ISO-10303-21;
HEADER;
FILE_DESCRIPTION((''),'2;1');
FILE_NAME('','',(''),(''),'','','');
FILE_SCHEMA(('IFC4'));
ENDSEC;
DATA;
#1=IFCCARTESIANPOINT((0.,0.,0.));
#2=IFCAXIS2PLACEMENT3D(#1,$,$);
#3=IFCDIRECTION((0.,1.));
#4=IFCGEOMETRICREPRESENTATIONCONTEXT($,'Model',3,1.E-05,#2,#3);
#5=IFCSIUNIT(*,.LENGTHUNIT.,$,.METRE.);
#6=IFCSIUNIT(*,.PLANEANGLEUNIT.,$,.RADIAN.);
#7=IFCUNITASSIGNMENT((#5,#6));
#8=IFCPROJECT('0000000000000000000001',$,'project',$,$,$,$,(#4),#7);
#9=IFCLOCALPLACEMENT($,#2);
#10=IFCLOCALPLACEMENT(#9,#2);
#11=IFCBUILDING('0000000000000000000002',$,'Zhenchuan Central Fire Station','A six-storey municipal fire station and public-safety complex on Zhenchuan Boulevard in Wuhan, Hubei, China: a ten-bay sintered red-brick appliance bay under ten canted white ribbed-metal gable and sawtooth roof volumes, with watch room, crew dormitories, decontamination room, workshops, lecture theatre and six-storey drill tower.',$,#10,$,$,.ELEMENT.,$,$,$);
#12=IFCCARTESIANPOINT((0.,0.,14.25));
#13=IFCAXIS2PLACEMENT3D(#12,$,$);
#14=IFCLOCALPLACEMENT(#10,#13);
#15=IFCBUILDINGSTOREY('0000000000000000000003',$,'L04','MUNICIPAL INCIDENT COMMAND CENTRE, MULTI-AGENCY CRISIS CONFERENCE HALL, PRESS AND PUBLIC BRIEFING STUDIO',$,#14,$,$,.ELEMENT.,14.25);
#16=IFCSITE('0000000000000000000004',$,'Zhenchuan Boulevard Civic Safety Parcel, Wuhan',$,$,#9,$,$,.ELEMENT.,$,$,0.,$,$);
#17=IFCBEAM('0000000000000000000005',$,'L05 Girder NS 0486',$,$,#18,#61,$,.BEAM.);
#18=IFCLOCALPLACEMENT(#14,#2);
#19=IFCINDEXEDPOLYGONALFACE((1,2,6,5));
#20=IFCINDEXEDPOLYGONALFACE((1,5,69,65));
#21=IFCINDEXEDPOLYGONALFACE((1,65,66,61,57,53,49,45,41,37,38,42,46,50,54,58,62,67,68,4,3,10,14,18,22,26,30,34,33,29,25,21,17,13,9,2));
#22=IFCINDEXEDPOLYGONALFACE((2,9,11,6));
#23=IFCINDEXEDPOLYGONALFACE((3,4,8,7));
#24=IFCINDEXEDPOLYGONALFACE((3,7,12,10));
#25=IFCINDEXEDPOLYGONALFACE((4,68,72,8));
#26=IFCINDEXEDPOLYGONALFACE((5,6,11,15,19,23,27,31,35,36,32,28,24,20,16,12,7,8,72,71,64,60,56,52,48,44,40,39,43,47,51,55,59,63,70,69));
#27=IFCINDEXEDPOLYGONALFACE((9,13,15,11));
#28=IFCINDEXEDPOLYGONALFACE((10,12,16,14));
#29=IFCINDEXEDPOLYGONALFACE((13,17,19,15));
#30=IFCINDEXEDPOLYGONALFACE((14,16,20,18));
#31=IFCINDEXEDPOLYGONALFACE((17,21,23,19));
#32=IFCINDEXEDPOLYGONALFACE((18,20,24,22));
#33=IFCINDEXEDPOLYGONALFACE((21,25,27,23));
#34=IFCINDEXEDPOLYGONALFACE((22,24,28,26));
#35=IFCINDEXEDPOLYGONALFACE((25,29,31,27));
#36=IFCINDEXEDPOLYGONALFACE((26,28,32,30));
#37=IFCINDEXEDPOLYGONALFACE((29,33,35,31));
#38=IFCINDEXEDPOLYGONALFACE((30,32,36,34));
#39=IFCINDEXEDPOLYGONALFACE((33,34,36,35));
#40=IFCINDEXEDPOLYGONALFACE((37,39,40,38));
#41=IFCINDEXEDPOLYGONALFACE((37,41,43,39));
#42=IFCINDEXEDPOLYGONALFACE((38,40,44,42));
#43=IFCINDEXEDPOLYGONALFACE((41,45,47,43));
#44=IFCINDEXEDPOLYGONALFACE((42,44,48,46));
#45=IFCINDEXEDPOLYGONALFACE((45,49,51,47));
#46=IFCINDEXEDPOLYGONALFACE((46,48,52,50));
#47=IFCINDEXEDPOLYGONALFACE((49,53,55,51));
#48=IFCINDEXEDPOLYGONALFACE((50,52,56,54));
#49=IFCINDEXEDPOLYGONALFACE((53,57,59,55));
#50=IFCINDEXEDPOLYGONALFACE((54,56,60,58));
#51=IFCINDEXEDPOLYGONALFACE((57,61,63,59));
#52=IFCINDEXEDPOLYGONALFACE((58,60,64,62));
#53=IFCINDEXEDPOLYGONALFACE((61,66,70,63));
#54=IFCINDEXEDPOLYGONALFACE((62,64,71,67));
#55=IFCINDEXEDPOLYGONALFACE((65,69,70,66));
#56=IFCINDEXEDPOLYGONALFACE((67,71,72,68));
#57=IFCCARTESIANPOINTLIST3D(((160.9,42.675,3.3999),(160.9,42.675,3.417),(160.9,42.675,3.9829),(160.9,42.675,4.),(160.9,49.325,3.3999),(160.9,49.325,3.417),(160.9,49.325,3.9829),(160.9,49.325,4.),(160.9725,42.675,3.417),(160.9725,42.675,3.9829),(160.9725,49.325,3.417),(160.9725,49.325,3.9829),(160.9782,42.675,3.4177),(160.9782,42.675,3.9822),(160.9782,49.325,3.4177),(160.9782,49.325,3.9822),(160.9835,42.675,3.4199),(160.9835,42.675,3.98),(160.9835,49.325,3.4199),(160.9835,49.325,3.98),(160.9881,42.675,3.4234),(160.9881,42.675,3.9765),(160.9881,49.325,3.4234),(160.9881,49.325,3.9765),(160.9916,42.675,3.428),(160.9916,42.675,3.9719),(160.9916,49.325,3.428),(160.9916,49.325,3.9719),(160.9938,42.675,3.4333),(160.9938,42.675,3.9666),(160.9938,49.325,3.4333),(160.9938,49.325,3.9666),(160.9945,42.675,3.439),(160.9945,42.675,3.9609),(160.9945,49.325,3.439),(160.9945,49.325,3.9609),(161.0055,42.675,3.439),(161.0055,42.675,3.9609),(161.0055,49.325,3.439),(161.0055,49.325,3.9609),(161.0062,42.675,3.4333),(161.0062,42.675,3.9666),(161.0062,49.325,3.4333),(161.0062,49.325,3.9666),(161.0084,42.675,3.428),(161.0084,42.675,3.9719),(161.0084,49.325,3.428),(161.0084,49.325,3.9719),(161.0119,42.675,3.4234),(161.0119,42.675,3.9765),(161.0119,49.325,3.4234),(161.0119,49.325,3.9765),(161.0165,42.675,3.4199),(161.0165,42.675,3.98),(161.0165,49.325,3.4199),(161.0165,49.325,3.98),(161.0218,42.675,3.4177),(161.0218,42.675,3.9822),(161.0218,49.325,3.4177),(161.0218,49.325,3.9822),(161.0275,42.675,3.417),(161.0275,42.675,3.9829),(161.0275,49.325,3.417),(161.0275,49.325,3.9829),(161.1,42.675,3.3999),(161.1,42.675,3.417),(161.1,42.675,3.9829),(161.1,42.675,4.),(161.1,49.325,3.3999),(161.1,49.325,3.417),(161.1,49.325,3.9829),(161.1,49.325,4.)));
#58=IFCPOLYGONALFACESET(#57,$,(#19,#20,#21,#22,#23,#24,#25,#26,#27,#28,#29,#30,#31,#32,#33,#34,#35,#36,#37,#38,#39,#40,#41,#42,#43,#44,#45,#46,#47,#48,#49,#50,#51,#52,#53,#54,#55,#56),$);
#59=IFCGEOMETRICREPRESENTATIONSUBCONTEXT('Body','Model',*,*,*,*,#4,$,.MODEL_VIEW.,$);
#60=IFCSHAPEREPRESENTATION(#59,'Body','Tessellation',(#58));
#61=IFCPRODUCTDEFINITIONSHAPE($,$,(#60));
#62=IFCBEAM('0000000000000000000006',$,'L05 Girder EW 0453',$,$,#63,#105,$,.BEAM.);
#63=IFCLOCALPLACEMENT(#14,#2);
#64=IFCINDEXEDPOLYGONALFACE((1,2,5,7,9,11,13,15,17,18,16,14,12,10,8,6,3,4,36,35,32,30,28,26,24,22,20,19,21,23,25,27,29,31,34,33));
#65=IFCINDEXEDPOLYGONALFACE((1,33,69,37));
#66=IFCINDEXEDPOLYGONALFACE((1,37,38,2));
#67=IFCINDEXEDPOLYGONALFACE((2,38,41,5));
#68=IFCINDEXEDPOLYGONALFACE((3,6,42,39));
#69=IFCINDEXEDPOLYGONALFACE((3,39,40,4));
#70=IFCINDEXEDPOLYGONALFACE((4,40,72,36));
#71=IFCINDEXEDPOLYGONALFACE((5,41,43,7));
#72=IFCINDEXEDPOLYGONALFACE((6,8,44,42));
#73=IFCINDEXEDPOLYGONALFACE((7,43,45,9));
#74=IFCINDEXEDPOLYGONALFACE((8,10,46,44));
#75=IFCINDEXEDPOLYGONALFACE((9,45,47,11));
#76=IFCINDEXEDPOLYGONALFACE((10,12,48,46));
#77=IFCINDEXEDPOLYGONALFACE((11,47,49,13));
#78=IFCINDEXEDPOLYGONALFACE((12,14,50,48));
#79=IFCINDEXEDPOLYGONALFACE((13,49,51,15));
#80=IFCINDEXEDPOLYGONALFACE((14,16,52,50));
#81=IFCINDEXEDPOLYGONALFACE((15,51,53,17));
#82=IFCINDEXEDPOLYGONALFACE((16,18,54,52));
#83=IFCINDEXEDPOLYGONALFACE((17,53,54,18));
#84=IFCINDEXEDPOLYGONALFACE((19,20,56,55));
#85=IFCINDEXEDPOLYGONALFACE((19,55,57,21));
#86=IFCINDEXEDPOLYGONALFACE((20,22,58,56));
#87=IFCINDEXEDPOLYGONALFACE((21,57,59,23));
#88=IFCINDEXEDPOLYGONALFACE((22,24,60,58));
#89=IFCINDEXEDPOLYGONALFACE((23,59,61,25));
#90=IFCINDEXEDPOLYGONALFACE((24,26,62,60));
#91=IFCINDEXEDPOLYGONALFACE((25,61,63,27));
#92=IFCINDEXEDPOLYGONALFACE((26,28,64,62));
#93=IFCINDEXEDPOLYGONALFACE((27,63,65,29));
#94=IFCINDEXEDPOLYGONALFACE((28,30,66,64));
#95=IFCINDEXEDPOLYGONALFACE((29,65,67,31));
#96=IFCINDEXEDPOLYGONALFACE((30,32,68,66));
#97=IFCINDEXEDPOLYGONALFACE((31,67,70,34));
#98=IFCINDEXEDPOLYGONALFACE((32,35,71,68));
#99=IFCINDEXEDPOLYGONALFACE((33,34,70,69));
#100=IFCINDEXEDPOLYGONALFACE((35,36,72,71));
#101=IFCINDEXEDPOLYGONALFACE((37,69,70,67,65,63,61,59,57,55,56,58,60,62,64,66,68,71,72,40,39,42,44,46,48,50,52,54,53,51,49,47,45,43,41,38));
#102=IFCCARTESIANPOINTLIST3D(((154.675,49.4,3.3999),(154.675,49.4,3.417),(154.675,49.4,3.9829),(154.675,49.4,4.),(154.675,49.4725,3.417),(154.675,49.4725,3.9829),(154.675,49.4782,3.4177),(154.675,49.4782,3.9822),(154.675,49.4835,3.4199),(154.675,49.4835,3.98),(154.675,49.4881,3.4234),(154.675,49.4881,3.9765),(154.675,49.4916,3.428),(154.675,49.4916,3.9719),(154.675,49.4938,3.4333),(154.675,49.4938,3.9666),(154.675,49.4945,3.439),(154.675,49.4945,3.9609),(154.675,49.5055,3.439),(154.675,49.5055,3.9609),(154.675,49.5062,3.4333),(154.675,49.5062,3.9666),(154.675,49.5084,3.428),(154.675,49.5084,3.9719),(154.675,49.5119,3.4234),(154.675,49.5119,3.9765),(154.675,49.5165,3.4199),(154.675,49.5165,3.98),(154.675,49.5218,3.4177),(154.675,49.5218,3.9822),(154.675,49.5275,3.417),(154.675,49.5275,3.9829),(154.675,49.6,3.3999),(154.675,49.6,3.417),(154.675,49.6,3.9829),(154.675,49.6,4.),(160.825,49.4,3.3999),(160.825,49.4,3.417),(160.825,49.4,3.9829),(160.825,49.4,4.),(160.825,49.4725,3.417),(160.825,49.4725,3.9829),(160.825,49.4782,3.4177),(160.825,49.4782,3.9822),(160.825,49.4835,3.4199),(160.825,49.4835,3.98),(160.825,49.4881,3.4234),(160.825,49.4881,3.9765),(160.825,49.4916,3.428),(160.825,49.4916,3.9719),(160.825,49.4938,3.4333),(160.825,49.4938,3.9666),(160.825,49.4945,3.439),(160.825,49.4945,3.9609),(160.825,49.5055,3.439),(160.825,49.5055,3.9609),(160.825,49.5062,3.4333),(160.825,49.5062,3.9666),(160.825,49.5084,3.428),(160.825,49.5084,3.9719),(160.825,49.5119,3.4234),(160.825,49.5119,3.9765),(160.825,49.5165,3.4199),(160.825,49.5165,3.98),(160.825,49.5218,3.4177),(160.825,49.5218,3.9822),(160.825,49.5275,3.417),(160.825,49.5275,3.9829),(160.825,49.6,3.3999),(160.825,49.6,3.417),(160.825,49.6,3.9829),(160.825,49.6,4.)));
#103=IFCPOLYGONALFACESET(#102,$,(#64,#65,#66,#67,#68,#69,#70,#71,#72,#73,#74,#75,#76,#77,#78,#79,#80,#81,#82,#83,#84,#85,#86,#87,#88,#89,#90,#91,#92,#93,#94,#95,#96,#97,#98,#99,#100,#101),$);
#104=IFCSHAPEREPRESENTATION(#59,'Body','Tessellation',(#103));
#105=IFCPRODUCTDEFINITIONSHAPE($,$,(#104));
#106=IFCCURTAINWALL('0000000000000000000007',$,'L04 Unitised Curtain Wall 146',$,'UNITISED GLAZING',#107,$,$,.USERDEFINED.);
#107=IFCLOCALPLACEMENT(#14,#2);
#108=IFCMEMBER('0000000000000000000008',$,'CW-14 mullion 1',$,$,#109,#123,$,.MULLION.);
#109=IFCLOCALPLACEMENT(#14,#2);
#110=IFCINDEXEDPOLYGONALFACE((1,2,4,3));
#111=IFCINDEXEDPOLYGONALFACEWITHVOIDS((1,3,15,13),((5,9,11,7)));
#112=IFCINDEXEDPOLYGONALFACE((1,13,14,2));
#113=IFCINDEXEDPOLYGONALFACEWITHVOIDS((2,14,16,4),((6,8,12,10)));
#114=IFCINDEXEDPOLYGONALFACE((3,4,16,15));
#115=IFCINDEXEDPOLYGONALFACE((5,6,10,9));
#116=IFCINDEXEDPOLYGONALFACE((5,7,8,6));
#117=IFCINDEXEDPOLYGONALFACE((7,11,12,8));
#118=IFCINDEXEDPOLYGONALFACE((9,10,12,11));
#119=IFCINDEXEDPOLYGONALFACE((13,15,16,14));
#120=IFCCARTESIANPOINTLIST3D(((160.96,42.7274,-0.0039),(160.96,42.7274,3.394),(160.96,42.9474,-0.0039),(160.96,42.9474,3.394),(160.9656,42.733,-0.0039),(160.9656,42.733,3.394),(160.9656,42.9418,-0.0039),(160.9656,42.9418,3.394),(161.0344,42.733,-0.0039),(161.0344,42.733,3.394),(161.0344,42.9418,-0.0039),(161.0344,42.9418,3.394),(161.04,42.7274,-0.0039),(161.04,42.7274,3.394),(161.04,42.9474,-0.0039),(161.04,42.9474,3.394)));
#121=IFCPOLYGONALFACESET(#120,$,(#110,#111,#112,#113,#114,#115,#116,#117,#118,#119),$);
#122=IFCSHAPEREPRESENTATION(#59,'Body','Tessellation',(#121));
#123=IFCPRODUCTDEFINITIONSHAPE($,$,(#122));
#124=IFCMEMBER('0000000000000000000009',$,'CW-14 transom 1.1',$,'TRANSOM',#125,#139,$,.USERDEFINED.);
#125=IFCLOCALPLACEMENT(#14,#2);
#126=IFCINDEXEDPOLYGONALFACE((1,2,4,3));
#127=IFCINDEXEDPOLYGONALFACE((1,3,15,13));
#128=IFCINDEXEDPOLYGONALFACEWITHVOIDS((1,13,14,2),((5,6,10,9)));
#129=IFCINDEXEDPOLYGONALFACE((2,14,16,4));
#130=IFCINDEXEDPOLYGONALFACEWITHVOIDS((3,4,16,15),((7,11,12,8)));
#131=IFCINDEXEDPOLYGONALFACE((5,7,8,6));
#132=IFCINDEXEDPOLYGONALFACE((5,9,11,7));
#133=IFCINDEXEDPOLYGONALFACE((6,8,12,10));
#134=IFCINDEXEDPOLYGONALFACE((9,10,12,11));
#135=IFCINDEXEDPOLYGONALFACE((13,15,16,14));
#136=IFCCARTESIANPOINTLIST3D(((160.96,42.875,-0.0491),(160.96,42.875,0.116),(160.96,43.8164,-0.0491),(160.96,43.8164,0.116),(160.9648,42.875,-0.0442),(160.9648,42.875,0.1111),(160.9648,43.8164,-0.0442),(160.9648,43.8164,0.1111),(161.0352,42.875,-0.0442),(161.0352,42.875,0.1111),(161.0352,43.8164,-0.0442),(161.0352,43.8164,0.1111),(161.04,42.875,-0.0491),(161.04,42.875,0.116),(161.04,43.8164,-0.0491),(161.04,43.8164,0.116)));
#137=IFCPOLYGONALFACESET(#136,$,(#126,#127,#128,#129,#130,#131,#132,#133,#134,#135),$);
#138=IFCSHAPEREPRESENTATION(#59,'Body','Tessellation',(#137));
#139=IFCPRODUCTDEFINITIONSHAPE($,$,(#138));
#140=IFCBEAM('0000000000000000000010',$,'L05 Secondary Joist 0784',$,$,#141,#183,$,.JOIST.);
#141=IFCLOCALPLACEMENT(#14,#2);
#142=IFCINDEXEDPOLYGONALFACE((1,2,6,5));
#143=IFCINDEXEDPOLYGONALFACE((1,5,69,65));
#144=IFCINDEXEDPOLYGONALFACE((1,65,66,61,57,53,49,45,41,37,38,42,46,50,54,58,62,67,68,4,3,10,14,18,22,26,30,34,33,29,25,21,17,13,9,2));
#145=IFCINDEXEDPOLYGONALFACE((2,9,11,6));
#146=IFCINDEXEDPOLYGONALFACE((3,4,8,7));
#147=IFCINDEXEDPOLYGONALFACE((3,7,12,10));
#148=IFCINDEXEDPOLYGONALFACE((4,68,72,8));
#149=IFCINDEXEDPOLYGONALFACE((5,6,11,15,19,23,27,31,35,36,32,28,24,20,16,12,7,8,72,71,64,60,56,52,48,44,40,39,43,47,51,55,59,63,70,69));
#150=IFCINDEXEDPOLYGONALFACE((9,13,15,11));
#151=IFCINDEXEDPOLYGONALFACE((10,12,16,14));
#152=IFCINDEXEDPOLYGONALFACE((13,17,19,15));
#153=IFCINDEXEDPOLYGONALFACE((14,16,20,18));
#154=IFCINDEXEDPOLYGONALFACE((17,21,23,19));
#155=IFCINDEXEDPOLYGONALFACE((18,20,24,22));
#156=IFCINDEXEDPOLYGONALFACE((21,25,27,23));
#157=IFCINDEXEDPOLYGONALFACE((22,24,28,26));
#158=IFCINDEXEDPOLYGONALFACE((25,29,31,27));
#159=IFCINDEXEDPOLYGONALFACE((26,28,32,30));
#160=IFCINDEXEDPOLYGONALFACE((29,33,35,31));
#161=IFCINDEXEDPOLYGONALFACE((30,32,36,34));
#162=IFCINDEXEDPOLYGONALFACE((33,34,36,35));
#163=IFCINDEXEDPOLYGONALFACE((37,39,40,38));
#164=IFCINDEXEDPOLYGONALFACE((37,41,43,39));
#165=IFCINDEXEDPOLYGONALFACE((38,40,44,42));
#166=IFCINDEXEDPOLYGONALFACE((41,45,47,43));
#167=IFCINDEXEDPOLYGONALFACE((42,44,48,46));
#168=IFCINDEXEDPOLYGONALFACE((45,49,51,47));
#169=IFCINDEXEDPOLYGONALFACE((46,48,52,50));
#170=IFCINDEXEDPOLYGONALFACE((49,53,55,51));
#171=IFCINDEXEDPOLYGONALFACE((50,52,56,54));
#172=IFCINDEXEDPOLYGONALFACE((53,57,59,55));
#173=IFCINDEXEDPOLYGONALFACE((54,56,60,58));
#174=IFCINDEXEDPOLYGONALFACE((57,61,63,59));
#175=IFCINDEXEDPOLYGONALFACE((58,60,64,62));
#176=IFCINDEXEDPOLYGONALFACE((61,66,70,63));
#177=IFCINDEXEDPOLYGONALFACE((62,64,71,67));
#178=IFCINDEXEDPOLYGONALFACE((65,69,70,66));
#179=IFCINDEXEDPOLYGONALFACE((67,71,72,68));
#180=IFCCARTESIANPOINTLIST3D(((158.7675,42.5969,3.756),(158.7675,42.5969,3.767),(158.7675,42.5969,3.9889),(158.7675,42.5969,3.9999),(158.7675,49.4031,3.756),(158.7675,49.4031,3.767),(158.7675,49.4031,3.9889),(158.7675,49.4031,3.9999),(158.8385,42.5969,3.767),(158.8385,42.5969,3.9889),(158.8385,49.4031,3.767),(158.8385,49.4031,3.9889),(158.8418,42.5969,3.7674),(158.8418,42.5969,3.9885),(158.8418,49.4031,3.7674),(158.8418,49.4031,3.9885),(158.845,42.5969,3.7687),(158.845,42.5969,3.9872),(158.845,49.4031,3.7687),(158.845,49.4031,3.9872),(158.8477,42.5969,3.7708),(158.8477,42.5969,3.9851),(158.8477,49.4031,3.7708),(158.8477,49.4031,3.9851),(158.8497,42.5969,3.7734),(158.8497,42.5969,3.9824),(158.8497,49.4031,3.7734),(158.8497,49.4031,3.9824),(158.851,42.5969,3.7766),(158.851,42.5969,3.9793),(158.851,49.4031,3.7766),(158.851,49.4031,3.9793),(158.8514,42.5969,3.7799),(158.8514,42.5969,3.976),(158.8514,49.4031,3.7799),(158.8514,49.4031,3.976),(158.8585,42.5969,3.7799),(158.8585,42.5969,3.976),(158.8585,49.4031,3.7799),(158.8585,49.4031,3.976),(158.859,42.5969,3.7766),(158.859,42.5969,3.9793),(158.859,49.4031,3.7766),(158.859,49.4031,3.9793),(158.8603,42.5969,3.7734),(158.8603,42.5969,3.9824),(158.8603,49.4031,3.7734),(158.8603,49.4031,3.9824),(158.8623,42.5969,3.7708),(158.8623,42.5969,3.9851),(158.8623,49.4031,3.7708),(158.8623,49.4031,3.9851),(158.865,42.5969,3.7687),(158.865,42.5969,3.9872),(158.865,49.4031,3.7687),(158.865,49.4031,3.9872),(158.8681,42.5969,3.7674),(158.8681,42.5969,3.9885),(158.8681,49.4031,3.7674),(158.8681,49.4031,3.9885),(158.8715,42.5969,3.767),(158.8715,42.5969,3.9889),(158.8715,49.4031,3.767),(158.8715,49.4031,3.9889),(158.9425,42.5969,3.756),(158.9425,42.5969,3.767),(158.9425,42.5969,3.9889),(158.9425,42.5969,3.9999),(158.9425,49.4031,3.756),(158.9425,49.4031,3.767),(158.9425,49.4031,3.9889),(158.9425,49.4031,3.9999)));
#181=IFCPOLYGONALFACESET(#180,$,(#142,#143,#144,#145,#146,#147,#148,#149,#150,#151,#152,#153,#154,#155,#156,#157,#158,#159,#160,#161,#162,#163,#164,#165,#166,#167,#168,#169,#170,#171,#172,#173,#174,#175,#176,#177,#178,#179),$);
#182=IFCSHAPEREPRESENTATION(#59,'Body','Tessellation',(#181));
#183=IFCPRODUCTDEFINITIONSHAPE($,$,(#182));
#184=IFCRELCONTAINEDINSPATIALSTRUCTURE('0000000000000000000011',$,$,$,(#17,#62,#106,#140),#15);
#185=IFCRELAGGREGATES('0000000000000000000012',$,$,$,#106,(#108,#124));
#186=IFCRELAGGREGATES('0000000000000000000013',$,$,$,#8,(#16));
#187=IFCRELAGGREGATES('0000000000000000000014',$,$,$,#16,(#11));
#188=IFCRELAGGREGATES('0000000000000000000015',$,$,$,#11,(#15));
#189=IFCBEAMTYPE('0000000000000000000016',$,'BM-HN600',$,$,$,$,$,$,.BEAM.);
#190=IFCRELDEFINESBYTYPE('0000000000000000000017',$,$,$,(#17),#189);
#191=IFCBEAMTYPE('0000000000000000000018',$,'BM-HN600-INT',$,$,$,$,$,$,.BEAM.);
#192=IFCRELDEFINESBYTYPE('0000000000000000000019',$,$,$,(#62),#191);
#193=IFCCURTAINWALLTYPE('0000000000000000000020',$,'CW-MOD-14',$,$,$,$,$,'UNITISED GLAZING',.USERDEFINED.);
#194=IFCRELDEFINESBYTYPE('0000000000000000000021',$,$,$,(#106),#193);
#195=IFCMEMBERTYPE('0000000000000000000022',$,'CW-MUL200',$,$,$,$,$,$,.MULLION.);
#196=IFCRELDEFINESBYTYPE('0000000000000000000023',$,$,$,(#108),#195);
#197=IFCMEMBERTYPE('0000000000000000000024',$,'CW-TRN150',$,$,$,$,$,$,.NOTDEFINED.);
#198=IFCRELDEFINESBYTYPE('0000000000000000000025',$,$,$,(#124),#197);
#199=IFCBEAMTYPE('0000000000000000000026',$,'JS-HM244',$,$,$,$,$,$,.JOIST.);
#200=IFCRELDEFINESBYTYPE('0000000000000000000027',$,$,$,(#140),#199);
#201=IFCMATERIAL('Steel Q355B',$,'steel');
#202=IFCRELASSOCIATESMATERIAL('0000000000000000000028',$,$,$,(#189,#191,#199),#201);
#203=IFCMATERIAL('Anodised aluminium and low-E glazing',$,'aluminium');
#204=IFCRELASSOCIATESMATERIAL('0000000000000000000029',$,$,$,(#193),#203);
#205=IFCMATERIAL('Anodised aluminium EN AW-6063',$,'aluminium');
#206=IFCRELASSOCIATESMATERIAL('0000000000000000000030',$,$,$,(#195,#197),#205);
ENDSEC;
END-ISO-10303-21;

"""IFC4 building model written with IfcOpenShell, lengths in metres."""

from ifc_helpers import new_model, si_unit, direction, frame, origin, origin_2d, place, context, subcontext, project, spatial, hollow_rectangle, i_section, extrude, material, material_profile, profile_set, type_object, element, aggregate, save


model = new_model("IFC4")

# Units and contexts
model_context = context("Model", 3, precision=1e-05, world=origin(), true_north=direction((0.0, 1.0)))
body_context = subcontext(model_context, "Body", "Model", "MODEL_VIEW")
ifc_project = project(units=[si_unit("LENGTHUNIT", "METRE"), si_unit("PLANEANGLEUNIT", "RADIAN")], contexts=[model_context])

# Site, building, storey
site_placement = place(None, origin())
site = spatial("IfcSite", under=ifc_project, at=site_placement, Name="Zhenchuan Boulevard Civic Safety Parcel, Wuhan", CompositionType="ELEMENT", RefElevation=0.0)
building_placement = place(site_placement, origin())
building = spatial("IfcBuilding", under=site, at=building_placement, Name="Zhenchuan Central Fire Station", Description="A six-storey municipal fire station and public-safety complex on Zhenchuan Boulevard in Wuhan, Hubei, China: a ten-bay sintered red-brick appliance bay under ten canted white ribbed-metal gable and sawtooth roof volumes, with watch room, crew dormitories, decontamination room, workshops, lecture theatre and six-storey drill tower.", CompositionType="ELEMENT")
storey_placement = place(building_placement, frame((0.0, 0.0, 14.25)))
storey = spatial("IfcBuildingStorey", under=building, at=storey_placement, Name="L04", Description="MUNICIPAL INCIDENT COMMAND CENTRE, MULTI-AGENCY CRISIS CONFERENCE HALL, PRESS AND PUBLIC BRIEFING STUDIO", CompositionType="ELEMENT", Elevation=14.25)

# Shared definitions
ifc_material_1 = material(Name="Steel Q355B", Category="steel")

# Beams
ifc_material_profile_1 = material_profile(ifc_material_1, i_section(OverallWidth=0.2, OverallDepth=0.6001, WebThickness=0.011, FlangeThickness=0.0171, FilletRadius=0.022, at=origin_2d()), Name="HN 600x200")
ifc_profile_set_1 = profile_set([ifc_material_profile_1], Name="Steel Q355B")
beam_type_1 = type_object("IfcBeamType", Name="BM-HN600", PredefinedType="BEAM", material=ifc_profile_set_1)
beam_1_placement = place(storey_placement, frame((161.0, 42.675, 3.7), z_axis=(0.0, 1.0, 0.0), x_axis=(-1.0, 0.0, 0.0)))
element("IfcBeam", 1, at=beam_1_placement, inside=storey, type_object=beam_type_1, Name="L05 Girder NS 0486", PredefinedType="BEAM", context=body_context, shape_type="SweptSolid", body=[
    extrude(i_section(OverallWidth=0.2, OverallDepth=0.6001, WebThickness=0.011, FlangeThickness=0.0171, FilletRadius=0.022, at=origin_2d()), origin(), (0.0, 0.0, 1.0), 6.6499),
])
ifc_material_profile_2 = material_profile(ifc_material_1, i_section(OverallWidth=0.2, OverallDepth=0.6001, WebThickness=0.011, FlangeThickness=0.0171, FilletRadius=0.022, at=origin_2d()), Name="HN 600x200")
ifc_profile_set_2 = profile_set([ifc_material_profile_2], Name="Steel Q355B")
beam_type_2 = type_object("IfcBeamType", Name="BM-HN600-INT", PredefinedType="BEAM", material=ifc_profile_set_2)
beam_2_placement = place(storey_placement, frame((154.675, 49.5, 3.7), z_axis=(1.0, 0.0, 0.0), x_axis=(0.0, 1.0, 0.0)))
element("IfcBeam", 2, at=beam_2_placement, inside=storey, type_object=beam_type_2, Name="L05 Girder EW 0453", PredefinedType="BEAM", context=body_context, shape_type="SweptSolid", body=[
    extrude(i_section(OverallWidth=0.2, OverallDepth=0.6001, WebThickness=0.011, FlangeThickness=0.0171, FilletRadius=0.022, at=origin_2d()), origin(), (0.0, 0.0, 1.0), 6.1499),
])

# Curtain wall, members
ifc_material_2 = material(Name="Anodised aluminium and low-E glazing", Category="aluminium")
curtain_wall_type = type_object("IfcCurtainWallType", Name="CW-MOD-14", ElementType="UNITISED GLAZING", PredefinedType="USERDEFINED", material=ifc_material_2)
curtain_wall_placement = place(storey_placement, origin())
curtain_wall = element("IfcCurtainWall", 3, at=curtain_wall_placement, inside=storey, type_object=curtain_wall_type, Name="L04 Unitised Curtain Wall 146", ObjectType="UNITISED GLAZING", PredefinedType="USERDEFINED")
ifc_material_3 = material(Name="Anodised aluminium EN AW-6063", Category="aluminium")
ifc_material_profile_3 = material_profile(ifc_material_3, hollow_rectangle(XDim=0.0801, YDim=0.22, WallThickness=0.0056, at=origin_2d()), Name="ALU-M 220x80")
ifc_profile_set_3 = profile_set([ifc_material_profile_3], Name="Anodised aluminium EN AW-6063")
member_type_1 = type_object("IfcMemberType", Name="CW-MUL200", PredefinedType="MULLION", material=ifc_profile_set_3)
member_1_placement = place(storey_placement, frame((161.0, 42.8374, -0.0039), z_axis=(0.0, 0.0, 1.0), x_axis=(-1.0, 0.0, 0.0)))
member_1 = element("IfcMember", 4, at=member_1_placement, type_object=member_type_1, Name="CW-14 mullion 1", PredefinedType="MULLION", context=body_context, shape_type="SweptSolid", body=[
    extrude(hollow_rectangle(XDim=0.0801, YDim=0.22, WallThickness=0.0056, at=origin_2d()), origin(), (0.0, 0.0, 1.0), 3.3979),
])
ifc_material_profile_4 = material_profile(ifc_material_3, hollow_rectangle(XDim=0.0801, YDim=0.165, WallThickness=0.0049, at=origin_2d()), Name="ALU-T 165x80")
ifc_profile_set_4 = profile_set([ifc_material_profile_4], Name="Anodised aluminium EN AW-6063")
member_type_2 = type_object("IfcMemberType", Name="CW-TRN150", PredefinedType="NOTDEFINED", material=ifc_profile_set_4)
member_2_placement = place(storey_placement, frame((161.0, 42.875, 0.0334), z_axis=(0.0, 1.0, 0.0), x_axis=(-1.0, 0.0, 0.0)))
member_2 = element("IfcMember", 5, at=member_2_placement, type_object=member_type_2, Name="CW-14 transom 1.1", ObjectType="TRANSOM", PredefinedType="USERDEFINED", context=body_context, shape_type="SweptSolid", body=[
    extrude(hollow_rectangle(XDim=0.0801, YDim=0.165, WallThickness=0.0049, at=origin_2d()), origin(), (0.0, 0.0, 1.0), 0.9414),
])
aggregate(curtain_wall, [member_1, member_2])

# Beam
ifc_material_profile_5 = material_profile(ifc_material_1, i_section(OverallWidth=0.175, OverallDepth=0.2439, WebThickness=0.0071, FlangeThickness=0.011, FilletRadius=0.0129, at=origin_2d()), Name="HM 244x175")
ifc_profile_set_5 = profile_set([ifc_material_profile_5], Name="Steel Q355B")
beam_type_3 = type_object("IfcBeamType", Name="JS-HM244", PredefinedType="JOIST", material=ifc_profile_set_5)
beam_3_placement = place(storey_placement, frame((158.855, 42.5969, 3.8779), z_axis=(0.0, 1.0, 0.0), x_axis=(-1.0, 0.0, 0.0)))
element("IfcBeam", 6, at=beam_3_placement, inside=storey, type_object=beam_type_3, Name="L05 Secondary Joist 0784", PredefinedType="JOIST", context=body_context, shape_type="SweptSolid", body=[
    extrude(i_section(OverallWidth=0.175, OverallDepth=0.2439, WebThickness=0.0071, FlangeThickness=0.011, FilletRadius=0.0129, at=origin_2d()), origin(), (0.0, 0.0, 1.0), 6.8062),
])

save(model, "model.ifc")
